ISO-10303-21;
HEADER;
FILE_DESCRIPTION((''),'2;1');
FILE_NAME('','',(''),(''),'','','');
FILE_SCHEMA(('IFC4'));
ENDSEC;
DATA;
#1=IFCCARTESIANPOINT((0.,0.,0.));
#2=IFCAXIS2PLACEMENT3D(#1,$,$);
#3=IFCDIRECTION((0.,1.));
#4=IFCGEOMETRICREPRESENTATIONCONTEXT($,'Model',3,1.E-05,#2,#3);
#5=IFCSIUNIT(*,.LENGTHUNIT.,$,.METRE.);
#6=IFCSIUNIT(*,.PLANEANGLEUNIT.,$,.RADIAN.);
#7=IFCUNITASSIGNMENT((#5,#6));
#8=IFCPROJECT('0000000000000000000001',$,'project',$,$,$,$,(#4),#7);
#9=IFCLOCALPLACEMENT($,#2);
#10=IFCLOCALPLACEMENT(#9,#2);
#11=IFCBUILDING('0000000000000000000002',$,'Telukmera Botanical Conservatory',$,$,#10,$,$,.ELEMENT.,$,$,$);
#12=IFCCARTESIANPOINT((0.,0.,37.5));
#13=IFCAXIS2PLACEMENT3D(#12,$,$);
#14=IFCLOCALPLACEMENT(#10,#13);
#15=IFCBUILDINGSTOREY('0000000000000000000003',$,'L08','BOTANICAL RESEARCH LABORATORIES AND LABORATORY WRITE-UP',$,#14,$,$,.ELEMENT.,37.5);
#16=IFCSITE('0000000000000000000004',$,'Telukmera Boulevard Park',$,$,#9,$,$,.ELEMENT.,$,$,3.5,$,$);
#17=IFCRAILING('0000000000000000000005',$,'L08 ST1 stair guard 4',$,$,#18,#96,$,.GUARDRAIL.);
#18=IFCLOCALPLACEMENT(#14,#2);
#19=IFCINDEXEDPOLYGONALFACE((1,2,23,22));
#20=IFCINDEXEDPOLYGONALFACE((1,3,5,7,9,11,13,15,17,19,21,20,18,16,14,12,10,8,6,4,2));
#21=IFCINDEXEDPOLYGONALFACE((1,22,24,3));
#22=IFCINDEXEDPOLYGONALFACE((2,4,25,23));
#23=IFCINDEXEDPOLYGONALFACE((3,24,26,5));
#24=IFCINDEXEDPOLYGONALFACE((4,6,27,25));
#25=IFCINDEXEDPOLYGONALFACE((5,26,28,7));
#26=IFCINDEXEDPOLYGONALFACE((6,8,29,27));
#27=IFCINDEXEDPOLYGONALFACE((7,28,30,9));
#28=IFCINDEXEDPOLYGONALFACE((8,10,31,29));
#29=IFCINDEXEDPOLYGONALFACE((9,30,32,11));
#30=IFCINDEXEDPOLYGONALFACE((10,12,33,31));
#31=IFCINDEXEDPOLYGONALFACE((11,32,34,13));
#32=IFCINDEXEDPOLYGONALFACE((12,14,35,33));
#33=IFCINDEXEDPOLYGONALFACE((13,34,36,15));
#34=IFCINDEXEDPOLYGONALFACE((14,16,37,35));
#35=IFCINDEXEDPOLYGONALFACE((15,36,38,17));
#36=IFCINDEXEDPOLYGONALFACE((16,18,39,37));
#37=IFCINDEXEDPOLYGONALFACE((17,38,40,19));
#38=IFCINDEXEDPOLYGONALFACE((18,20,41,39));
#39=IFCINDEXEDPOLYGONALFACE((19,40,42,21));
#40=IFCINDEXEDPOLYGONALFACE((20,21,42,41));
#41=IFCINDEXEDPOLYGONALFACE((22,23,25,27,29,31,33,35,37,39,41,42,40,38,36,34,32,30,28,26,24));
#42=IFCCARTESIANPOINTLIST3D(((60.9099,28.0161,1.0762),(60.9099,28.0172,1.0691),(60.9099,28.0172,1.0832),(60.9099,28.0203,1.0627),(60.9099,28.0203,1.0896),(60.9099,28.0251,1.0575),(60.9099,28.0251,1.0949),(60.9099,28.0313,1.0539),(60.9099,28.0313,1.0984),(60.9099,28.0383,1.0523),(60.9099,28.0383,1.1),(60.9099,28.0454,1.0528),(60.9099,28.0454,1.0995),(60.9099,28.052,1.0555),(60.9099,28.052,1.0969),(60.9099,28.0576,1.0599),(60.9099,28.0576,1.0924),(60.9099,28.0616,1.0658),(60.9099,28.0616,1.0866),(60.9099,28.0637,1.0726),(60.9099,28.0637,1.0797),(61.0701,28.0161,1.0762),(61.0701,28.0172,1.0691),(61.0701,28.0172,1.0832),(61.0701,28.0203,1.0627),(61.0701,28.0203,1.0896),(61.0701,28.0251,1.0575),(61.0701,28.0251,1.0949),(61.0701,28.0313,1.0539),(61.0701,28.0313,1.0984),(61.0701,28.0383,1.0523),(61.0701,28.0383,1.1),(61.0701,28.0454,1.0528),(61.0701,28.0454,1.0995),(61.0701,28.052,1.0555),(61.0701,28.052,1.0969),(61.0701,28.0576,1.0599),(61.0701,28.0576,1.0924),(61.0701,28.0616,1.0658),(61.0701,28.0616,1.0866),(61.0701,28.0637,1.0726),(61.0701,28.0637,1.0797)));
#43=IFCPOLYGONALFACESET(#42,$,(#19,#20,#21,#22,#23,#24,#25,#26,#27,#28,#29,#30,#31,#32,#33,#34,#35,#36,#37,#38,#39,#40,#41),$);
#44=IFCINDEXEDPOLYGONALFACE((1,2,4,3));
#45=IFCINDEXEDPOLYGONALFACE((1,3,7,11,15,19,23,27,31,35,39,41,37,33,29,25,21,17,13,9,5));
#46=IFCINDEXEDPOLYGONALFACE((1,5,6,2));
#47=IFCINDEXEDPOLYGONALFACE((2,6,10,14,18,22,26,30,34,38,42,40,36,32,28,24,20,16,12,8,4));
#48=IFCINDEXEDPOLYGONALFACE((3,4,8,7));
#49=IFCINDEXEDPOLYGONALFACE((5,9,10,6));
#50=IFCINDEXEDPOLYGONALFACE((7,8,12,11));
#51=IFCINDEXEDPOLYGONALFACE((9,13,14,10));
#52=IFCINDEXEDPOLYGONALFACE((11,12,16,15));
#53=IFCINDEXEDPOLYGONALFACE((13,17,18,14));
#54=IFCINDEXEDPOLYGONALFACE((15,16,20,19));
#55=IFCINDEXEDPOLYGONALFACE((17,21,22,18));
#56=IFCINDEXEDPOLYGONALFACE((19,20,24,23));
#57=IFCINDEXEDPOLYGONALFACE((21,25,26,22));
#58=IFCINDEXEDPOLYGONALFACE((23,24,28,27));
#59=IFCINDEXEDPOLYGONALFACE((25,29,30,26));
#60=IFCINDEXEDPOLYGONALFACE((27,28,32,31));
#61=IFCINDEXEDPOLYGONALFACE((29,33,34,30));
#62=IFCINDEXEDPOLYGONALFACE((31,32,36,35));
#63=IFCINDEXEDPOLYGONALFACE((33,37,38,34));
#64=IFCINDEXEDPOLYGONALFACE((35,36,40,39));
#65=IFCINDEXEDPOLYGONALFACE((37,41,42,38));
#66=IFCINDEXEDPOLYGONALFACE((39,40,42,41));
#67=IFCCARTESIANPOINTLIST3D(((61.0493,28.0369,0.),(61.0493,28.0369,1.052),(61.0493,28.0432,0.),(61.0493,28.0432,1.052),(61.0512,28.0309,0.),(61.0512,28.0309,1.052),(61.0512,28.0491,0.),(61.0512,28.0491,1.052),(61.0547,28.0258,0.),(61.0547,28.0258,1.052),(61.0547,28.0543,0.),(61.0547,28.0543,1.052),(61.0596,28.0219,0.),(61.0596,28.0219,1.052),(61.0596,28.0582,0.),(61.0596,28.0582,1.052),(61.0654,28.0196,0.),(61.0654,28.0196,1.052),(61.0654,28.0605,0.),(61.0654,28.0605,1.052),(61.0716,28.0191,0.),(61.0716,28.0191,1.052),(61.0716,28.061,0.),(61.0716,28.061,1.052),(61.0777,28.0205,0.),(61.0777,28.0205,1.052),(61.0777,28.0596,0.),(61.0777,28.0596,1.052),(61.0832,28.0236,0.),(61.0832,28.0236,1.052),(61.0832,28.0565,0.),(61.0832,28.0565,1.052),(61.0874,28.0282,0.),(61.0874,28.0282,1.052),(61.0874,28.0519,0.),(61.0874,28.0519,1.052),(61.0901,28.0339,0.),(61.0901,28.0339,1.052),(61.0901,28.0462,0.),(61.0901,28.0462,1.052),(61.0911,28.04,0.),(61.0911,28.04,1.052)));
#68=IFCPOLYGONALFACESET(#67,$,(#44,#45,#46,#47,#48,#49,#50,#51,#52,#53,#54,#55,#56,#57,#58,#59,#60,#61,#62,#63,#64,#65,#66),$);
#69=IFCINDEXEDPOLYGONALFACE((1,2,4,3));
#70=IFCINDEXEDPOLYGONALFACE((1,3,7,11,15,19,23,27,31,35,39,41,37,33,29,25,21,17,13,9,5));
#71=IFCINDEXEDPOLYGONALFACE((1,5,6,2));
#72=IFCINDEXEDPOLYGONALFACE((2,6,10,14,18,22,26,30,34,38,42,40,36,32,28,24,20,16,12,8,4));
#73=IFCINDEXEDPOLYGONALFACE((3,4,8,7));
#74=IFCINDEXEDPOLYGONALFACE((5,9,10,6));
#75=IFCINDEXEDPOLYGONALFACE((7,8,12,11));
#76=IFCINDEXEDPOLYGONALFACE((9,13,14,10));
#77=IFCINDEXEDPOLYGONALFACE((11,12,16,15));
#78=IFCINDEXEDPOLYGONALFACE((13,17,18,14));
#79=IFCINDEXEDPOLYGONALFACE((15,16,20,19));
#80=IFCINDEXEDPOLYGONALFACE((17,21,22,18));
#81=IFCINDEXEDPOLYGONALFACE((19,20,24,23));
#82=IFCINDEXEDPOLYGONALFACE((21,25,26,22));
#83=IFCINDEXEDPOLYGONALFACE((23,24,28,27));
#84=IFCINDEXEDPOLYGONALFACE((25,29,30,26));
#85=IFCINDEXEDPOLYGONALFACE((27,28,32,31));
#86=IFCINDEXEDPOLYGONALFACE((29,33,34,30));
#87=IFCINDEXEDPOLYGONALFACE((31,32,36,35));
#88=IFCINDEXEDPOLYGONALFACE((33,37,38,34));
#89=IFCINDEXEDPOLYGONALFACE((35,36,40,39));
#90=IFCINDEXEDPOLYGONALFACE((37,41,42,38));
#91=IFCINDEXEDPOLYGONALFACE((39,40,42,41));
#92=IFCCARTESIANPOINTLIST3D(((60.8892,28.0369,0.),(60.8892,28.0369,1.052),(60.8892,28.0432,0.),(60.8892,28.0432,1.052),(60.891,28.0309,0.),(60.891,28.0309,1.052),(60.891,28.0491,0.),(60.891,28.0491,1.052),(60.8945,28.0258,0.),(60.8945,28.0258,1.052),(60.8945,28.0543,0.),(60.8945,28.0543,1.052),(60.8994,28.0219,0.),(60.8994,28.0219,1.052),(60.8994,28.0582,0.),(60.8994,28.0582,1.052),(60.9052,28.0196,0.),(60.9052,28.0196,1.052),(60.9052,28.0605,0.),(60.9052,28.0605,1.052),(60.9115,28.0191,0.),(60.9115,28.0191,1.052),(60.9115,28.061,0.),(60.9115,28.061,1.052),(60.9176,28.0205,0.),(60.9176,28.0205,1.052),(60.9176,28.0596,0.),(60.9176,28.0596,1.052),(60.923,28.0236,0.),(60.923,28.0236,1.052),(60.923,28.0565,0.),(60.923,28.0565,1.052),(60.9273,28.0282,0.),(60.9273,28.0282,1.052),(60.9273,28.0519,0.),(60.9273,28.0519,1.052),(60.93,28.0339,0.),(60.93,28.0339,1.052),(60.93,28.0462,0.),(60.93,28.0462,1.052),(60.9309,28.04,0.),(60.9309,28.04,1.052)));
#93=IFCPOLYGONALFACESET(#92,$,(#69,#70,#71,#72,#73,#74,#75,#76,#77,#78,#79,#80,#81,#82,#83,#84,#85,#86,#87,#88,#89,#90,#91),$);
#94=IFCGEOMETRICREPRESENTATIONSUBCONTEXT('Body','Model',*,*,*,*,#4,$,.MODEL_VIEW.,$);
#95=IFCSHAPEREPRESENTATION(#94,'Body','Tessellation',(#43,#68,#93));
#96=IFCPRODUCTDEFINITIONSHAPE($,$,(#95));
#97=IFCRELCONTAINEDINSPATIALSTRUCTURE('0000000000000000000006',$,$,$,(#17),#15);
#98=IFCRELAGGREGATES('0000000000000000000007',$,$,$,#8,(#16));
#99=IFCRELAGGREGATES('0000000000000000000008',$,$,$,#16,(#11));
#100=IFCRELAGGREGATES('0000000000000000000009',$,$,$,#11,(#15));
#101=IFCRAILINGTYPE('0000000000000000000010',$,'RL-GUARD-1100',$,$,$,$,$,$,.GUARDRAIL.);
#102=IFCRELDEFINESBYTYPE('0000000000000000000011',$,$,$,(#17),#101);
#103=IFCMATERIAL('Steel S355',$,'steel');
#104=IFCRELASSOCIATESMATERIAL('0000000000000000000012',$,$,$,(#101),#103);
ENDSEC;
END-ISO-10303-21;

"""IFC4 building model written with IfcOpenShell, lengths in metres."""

from ifc_helpers import new_model, si_unit, direction, frame, origin, origin_2d, place, context, subcontext, project, spatial, circle, extrude, material, type_object, element, save


model = new_model("IFC4")

# Units and contexts
model_context = context("Model", 3, precision=1e-05, world=origin(), true_north=direction((0.0, 1.0)))
body_context = subcontext(model_context, "Body", "Model", "MODEL_VIEW")
ifc_project = project(units=[si_unit("LENGTHUNIT", "METRE"), si_unit("PLANEANGLEUNIT", "RADIAN")], contexts=[model_context])

# Site, building, storey
site_placement = place(None, origin())
site = spatial("IfcSite", under=ifc_project, at=site_placement, Name="Telukmera Boulevard Park", CompositionType="ELEMENT", RefElevation=3.5)
building_placement = place(site_placement, origin())
building = spatial("IfcBuilding", under=site, at=building_placement, Name="Telukmera Botanical Conservatory", CompositionType="ELEMENT")
storey_placement = place(building_placement, frame((0.0, 0.0, 37.5)))
storey = spatial("IfcBuildingStorey", under=building, at=storey_placement, Name="L08", Description="BOTANICAL RESEARCH LABORATORIES AND LABORATORY WRITE-UP", CompositionType="ELEMENT", Elevation=37.5)

# Railing
ifc_material_1 = material(Name="Steel S355", Category="steel")
railing_type_1 = type_object("IfcRailingType", Name="RL-GUARD-1100", PredefinedType="GUARDRAIL", material=ifc_material_1)
railing_1_placement = place(storey_placement, frame((61.0701, 28.04, 0.0)))
element("IfcRailing", 1, at=railing_1_placement, inside=storey, type_object=railing_type_1, Name="L08 ST1 stair guard 4", PredefinedType="GUARDRAIL", context=body_context, shape_type="SweptSolid", body=[
    extrude(circle(Radius=0.0239, at=origin_2d()), frame((0.0, 0.0, 1.0762), z_axis=(-1.0, 0.0, 0.0), x_axis=(0.0, -1.0, 0.0)), (0.0, 0.0, 1.0), 0.1602),
    extrude(circle(Radius=0.021, at=origin_2d()), origin(), (0.0, 0.0, 1.0), 1.052),
    extrude(circle(Radius=0.021, at=origin_2d()), frame((-0.1602, 0.0, 0.0)), (0.0, 0.0, 1.0), 1.052),
])

save(model, "model.ifc")
